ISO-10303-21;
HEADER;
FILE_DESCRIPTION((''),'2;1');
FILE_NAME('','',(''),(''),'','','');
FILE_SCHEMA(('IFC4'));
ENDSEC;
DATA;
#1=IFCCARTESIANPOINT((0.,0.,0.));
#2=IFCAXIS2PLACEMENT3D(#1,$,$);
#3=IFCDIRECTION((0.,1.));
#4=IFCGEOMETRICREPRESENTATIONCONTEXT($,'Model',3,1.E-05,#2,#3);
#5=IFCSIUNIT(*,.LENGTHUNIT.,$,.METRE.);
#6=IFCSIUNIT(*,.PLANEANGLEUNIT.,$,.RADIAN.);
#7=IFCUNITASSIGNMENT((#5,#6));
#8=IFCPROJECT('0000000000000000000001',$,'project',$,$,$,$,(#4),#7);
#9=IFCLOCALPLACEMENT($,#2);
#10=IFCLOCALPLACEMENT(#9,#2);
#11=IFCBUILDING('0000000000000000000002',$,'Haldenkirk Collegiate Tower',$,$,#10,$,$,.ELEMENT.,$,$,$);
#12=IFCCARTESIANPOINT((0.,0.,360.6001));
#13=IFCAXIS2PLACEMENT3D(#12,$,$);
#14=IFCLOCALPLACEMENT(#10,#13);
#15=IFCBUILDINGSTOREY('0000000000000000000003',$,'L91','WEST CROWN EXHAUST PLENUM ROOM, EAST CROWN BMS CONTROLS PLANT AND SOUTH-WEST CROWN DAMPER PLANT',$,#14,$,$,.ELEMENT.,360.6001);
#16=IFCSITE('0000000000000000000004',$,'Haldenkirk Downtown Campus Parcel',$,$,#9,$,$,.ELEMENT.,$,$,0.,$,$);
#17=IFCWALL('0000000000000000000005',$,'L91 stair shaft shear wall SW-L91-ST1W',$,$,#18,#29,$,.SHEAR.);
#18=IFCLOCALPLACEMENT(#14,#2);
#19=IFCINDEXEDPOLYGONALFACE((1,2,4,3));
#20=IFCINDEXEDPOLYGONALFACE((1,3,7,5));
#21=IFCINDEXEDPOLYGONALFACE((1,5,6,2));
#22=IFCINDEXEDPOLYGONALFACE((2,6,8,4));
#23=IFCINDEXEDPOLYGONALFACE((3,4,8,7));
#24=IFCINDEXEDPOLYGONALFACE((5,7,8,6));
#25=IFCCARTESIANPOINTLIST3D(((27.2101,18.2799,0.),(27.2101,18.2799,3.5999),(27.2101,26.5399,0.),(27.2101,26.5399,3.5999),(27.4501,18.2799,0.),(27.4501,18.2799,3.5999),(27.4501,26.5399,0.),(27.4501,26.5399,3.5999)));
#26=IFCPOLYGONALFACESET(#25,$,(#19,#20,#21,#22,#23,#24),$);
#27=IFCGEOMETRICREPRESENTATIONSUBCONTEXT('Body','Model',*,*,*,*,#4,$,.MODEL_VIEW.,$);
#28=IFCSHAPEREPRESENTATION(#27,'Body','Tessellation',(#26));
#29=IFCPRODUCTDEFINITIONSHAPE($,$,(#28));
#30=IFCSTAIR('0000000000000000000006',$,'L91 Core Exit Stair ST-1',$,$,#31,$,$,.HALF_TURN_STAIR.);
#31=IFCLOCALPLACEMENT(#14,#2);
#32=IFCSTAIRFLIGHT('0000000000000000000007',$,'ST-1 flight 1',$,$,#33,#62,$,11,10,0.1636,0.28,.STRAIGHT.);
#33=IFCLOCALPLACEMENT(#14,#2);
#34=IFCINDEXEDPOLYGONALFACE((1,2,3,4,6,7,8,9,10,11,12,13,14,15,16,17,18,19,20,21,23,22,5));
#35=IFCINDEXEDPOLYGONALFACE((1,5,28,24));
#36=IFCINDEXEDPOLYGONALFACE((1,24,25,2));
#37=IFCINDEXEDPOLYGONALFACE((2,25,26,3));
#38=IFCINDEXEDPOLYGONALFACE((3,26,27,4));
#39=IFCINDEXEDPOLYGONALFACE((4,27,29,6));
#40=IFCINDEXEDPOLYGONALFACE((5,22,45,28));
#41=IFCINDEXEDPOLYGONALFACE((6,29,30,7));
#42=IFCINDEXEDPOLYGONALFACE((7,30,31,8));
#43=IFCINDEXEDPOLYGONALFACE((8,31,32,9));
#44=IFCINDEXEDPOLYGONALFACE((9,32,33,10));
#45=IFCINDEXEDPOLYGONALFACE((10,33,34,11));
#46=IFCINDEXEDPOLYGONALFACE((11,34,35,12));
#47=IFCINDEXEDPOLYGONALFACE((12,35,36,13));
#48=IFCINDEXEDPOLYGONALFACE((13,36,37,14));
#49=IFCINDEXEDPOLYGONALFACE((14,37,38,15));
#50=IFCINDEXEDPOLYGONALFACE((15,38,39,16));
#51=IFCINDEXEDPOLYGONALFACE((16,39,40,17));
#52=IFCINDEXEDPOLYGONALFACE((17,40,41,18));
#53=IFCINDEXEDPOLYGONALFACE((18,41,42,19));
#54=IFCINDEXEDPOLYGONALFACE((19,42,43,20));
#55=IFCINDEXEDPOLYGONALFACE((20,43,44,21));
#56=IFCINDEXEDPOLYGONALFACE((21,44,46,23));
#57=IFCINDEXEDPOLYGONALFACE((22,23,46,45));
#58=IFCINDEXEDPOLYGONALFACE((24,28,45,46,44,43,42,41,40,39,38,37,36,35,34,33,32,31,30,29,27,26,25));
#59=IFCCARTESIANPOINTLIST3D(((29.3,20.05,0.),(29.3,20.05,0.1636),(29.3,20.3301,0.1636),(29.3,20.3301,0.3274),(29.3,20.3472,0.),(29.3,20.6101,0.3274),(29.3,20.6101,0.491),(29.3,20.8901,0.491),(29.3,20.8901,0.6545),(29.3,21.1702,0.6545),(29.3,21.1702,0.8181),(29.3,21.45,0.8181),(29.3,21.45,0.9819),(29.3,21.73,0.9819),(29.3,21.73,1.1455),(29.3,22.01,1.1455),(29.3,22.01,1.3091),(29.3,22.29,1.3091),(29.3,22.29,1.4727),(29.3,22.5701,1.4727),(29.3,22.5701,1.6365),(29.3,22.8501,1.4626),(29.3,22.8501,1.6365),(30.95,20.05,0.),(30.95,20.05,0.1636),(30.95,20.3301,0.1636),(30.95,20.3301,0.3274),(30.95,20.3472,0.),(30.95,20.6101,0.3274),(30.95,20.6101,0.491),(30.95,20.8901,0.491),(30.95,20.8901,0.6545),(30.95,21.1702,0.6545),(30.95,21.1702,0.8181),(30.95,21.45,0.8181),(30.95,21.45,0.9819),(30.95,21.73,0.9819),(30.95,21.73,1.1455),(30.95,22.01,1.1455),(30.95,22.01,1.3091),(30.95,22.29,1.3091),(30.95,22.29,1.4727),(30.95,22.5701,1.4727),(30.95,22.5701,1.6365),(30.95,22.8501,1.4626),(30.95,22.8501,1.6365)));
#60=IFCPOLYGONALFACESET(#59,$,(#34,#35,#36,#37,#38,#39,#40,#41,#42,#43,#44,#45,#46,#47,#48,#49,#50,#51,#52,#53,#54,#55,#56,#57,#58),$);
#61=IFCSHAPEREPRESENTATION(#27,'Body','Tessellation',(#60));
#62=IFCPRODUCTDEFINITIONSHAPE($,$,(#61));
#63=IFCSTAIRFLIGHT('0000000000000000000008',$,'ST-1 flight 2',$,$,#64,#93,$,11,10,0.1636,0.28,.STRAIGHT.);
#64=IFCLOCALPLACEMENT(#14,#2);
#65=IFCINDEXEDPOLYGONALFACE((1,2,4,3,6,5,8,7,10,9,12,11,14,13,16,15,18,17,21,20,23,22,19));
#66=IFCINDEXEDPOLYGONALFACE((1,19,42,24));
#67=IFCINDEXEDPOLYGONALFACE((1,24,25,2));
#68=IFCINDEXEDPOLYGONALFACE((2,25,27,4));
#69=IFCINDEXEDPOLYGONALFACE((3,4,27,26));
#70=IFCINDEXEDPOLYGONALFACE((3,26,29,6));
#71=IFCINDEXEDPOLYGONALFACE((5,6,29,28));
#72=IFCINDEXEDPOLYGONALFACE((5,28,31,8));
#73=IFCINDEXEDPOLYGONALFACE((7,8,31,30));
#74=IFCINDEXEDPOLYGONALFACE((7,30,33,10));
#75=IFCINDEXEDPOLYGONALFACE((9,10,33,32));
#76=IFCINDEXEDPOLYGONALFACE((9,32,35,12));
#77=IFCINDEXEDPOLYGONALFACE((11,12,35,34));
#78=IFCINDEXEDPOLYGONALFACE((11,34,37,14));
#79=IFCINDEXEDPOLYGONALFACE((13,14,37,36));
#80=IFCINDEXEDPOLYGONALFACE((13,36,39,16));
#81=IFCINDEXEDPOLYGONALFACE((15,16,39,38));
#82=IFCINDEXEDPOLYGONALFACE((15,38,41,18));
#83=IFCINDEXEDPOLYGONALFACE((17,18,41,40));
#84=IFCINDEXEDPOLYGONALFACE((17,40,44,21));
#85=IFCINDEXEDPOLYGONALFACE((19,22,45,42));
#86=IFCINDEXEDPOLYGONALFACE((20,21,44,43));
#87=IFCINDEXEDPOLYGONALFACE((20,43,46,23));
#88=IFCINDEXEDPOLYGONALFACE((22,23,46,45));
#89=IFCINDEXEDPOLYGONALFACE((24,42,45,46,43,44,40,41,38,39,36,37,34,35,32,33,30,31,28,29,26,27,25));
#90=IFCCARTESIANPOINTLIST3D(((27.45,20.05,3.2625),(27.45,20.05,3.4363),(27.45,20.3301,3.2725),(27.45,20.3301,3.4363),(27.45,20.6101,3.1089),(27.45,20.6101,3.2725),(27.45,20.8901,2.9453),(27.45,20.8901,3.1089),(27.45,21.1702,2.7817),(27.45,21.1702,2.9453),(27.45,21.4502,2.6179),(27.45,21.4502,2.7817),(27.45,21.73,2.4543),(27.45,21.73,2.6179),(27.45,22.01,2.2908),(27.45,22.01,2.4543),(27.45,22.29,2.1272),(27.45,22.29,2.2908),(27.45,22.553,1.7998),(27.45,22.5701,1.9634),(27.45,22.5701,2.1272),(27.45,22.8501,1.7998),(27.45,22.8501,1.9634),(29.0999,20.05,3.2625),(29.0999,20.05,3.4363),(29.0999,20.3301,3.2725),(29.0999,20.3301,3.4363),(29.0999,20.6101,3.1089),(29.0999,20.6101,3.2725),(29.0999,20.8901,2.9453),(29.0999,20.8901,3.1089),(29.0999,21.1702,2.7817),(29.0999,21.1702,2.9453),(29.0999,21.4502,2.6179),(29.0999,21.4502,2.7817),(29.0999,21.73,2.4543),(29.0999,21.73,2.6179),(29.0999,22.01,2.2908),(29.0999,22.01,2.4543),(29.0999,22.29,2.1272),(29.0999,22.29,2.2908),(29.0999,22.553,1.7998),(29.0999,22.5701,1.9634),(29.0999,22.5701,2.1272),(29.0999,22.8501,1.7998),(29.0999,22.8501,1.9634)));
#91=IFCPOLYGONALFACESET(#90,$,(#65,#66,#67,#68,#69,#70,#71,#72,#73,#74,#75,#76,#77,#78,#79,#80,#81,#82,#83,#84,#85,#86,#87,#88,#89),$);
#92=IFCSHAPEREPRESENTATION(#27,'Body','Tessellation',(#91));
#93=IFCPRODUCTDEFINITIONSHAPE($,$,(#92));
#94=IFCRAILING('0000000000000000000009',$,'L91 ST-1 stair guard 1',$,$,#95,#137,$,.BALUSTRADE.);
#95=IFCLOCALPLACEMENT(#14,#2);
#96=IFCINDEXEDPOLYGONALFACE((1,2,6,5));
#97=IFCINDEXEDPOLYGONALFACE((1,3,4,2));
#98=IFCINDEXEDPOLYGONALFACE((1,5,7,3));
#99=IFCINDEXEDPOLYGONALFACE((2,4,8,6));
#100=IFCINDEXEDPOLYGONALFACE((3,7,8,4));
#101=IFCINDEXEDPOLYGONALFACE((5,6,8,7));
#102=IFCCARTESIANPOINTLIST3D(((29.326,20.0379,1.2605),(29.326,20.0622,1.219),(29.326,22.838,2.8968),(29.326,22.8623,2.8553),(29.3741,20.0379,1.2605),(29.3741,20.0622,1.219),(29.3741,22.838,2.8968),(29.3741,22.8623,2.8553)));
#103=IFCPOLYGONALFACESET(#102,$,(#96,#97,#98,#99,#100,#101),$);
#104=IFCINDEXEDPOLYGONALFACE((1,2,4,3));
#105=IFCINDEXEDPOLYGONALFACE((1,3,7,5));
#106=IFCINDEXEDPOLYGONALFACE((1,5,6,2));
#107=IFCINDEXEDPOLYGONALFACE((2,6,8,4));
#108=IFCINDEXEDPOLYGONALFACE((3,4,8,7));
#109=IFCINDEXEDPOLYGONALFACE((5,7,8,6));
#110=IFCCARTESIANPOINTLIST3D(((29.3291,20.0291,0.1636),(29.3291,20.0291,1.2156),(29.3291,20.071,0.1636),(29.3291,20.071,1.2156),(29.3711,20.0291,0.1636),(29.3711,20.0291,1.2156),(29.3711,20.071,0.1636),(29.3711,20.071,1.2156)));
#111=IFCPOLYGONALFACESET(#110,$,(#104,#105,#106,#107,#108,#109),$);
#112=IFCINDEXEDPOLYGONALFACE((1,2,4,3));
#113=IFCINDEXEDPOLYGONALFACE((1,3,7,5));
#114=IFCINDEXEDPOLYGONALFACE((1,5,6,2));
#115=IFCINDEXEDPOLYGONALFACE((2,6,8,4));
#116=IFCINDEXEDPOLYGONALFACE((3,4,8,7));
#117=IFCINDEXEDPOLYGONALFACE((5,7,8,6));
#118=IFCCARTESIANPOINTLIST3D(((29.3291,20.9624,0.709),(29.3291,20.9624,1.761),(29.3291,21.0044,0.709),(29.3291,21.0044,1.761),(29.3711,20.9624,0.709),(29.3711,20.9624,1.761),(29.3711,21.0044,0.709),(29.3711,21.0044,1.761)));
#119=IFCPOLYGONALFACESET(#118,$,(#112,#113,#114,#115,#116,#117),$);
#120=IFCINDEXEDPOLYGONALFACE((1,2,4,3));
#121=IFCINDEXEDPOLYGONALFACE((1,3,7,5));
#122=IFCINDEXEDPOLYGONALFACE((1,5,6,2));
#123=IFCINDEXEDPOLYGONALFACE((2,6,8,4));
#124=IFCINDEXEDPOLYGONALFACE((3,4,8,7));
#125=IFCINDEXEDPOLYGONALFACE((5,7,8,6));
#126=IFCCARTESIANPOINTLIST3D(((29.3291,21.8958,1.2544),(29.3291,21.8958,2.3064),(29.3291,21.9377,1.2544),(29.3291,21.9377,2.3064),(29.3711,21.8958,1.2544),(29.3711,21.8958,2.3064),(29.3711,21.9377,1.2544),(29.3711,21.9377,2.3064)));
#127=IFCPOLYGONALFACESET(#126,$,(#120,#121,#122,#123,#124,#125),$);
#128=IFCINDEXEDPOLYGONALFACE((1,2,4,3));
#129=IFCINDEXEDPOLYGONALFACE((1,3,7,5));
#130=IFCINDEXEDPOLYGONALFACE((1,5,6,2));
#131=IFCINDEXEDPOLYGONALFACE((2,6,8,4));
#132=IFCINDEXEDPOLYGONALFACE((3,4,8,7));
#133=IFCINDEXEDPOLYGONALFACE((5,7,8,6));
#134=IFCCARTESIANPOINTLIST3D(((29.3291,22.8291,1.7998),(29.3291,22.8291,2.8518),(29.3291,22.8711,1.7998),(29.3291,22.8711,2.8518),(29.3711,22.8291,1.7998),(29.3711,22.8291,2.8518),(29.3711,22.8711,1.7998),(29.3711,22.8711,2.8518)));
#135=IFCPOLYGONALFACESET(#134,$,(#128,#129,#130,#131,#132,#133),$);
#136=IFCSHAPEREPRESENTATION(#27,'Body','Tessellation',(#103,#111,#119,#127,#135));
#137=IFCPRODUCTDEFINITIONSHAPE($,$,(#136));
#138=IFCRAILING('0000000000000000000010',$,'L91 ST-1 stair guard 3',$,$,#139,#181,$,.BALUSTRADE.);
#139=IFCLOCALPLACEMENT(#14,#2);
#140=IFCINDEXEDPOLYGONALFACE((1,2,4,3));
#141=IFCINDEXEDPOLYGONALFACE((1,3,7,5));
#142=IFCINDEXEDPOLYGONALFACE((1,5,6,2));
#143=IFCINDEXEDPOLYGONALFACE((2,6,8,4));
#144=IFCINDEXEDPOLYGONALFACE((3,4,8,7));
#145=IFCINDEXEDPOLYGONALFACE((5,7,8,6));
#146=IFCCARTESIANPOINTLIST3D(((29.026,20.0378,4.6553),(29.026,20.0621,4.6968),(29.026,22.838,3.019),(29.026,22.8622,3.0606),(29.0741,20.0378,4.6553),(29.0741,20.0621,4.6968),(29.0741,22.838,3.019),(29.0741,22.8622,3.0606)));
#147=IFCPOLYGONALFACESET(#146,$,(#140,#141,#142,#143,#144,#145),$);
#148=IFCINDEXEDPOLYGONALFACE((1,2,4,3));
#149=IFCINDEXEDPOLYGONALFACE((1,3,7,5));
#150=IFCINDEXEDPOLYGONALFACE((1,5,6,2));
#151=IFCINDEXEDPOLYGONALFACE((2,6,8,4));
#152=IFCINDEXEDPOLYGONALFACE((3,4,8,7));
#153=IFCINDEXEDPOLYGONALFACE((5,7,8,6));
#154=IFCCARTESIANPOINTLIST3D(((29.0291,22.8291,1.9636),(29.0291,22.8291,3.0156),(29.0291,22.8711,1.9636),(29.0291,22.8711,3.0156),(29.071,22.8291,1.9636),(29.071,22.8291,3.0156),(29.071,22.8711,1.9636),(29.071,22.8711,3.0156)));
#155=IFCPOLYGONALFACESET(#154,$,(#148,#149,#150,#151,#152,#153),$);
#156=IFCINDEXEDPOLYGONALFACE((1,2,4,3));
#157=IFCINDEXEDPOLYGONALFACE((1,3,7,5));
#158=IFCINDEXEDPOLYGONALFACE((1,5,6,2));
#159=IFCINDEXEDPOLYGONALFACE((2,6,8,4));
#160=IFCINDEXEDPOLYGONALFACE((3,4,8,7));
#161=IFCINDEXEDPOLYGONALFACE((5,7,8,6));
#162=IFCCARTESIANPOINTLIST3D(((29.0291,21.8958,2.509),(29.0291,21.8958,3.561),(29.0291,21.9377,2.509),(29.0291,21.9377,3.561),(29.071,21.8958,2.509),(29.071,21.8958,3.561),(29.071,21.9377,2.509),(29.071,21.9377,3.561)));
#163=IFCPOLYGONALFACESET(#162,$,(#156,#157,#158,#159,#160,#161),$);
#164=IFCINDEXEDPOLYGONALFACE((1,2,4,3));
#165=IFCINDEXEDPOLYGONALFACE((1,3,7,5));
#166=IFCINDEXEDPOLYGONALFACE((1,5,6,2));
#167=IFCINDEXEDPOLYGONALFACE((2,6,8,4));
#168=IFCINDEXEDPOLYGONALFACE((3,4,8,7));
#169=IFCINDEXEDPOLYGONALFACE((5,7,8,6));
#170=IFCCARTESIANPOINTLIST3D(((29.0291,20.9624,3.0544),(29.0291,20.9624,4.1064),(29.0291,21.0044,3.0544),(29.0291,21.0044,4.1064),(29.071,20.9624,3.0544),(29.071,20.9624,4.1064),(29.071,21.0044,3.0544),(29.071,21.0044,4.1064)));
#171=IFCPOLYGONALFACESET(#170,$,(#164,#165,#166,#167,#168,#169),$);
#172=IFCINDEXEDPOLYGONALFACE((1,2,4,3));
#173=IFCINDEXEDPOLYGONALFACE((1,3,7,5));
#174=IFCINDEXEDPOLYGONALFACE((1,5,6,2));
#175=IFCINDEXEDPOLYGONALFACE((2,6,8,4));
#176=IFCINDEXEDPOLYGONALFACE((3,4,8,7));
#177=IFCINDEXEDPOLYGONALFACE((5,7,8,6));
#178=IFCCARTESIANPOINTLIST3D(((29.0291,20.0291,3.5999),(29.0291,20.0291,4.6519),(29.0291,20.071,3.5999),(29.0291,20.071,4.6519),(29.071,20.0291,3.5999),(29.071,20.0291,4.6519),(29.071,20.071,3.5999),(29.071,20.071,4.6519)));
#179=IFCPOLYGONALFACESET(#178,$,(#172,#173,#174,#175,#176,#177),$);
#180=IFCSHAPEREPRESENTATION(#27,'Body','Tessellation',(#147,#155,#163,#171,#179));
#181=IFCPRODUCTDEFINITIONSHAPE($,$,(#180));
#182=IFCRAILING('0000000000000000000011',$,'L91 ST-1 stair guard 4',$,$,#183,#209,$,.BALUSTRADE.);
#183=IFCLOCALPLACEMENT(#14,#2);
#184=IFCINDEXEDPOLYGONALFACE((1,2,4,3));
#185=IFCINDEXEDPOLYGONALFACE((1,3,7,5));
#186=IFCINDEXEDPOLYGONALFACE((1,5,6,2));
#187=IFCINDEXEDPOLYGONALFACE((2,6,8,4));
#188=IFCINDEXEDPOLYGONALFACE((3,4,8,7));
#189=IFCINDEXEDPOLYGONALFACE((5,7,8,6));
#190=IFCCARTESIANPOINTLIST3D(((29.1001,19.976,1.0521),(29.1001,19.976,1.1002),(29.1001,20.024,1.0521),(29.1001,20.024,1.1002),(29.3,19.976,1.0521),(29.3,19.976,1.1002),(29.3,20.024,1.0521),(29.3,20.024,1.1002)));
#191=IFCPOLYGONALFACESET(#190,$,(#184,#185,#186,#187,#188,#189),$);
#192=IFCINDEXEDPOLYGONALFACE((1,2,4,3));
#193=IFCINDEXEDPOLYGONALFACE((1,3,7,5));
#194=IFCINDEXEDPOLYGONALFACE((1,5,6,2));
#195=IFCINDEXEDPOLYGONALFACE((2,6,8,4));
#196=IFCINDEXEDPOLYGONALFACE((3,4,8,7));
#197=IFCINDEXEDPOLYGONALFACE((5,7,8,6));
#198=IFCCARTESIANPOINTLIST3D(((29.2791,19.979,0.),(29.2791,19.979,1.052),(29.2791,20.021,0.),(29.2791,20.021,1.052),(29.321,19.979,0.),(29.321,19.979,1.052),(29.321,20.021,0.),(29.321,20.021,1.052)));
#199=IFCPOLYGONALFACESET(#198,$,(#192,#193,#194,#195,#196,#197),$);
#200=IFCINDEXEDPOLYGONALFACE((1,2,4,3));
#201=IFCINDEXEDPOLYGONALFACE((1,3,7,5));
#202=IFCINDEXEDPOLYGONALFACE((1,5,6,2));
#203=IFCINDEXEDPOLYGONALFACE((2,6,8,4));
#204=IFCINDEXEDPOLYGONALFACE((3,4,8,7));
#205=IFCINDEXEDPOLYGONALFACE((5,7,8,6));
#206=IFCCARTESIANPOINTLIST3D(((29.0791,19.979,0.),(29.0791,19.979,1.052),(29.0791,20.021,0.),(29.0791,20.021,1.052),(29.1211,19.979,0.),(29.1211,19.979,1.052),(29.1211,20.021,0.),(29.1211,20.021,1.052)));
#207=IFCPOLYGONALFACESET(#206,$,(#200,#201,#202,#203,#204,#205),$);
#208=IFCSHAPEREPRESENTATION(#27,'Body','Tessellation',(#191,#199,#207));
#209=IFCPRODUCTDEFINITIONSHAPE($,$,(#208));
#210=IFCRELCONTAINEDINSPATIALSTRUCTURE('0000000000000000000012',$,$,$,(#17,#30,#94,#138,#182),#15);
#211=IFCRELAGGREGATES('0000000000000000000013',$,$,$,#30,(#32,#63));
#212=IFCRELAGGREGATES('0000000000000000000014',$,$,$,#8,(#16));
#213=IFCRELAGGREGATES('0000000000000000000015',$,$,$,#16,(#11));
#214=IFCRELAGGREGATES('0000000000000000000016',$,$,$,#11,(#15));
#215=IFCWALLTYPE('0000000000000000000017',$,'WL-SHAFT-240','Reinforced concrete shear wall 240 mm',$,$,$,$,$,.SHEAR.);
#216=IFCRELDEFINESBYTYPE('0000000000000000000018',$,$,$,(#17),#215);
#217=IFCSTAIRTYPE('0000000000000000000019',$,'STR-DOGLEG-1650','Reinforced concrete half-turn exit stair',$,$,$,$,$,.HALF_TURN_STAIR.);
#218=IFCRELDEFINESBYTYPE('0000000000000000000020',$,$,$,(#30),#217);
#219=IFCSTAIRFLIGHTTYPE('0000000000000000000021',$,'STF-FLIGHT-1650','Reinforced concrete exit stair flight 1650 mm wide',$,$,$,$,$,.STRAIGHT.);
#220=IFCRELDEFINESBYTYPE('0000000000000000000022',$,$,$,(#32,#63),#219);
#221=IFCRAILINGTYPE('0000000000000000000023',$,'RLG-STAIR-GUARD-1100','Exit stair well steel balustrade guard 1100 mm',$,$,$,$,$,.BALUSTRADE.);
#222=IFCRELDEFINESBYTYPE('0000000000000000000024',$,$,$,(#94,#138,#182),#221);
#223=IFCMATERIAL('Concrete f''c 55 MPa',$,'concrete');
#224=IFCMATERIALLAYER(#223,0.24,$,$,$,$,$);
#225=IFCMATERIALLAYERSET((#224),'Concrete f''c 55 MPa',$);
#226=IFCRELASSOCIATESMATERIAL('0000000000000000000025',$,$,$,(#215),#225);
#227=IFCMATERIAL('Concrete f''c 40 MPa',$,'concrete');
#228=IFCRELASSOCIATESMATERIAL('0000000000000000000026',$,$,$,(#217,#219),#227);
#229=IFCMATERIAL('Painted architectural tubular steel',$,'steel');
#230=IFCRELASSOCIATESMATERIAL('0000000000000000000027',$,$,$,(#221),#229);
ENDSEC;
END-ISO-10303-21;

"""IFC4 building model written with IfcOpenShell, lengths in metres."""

from ifc_helpers import new_model, si_unit, direction, frame, frame_2d, origin, origin_2d, place, context, subcontext, project, spatial, polyline, rectangle, outline, extrude, material, layer, layer_set, type_object, element, aggregate, save


model = new_model("IFC4")

# Units and contexts
model_context = context("Model", 3, precision=1e-05, world=origin(), true_north=direction((0.0, 1.0)))
body_context = subcontext(model_context, "Body", "Model", "MODEL_VIEW")
ifc_project = project(units=[si_unit("LENGTHUNIT", "METRE"), si_unit("PLANEANGLEUNIT", "RADIAN")], contexts=[model_context])

# Site, building, storey
site_placement = place(None, origin())
site = spatial("IfcSite", under=ifc_project, at=site_placement, Name="Haldenkirk Downtown Campus Parcel", CompositionType="ELEMENT", RefElevation=0.0)
building_placement = place(site_placement, origin())
building = spatial("IfcBuilding", under=site, at=building_placement, Name="Haldenkirk Collegiate Tower", CompositionType="ELEMENT")
storey_placement = place(building_placement, frame((0.0, 0.0, 360.6001)))
storey = spatial("IfcBuildingStorey", under=building, at=storey_placement, Name="L91", Description="WEST CROWN EXHAUST PLENUM ROOM, EAST CROWN BMS CONTROLS PLANT AND SOUTH-WEST CROWN DAMPER PLANT", CompositionType="ELEMENT", Elevation=360.6001)

# Shared definitions
ifc_material_1 = material(Name="Concrete f'c 55 MPa", Category="concrete")

# Shared definitions
ifc_layer_1 = layer(ifc_material_1, 0.24)
ifc_layer_set_1 = layer_set([ifc_layer_1], Name="Concrete f'c 55 MPa")
wall_type_1 = type_object("IfcWallType", Name="WL-SHAFT-240", Description="Reinforced concrete shear wall 240 mm", PredefinedType="SHEAR", material=ifc_layer_set_1)

# Wall
wall_1_placement = place(storey_placement, frame((27.3301, 18.28, 0.0), z_axis=(0.0, 0.0, 1.0), x_axis=(0.0, 1.0, 0.0)))
element("IfcWall", 1, at=wall_1_placement, inside=storey, type_object=wall_type_1, Name="L91 stair shaft shear wall SW-L91-ST1W", PredefinedType="SHEAR", context=body_context, shape_type="SweptSolid", body=[
    extrude(rectangle(XDim=8.26, YDim=0.24, at=frame_2d((4.1299, 0.0))), origin(), (0.0, 0.0, 1.0), 3.5999),
])

# Stair, stair flights
ifc_material_2 = material(Name="Concrete f'c 40 MPa", Category="concrete")
stair_type = type_object("IfcStairType", Name="STR-DOGLEG-1650", Description="Reinforced concrete half-turn exit stair", PredefinedType="HALF_TURN_STAIR", material=ifc_material_2)
stair_placement = place(storey_placement, origin())
stair = element("IfcStair", 2, at=stair_placement, inside=storey, type_object=stair_type, Name="L91 Core Exit Stair ST-1", PredefinedType="HALF_TURN_STAIR")
stair_flight_type = type_object("IfcStairFlightType", Name="STF-FLIGHT-1650", Description="Reinforced concrete exit stair flight 1650 mm wide", PredefinedType="STRAIGHT", material=ifc_material_2)
stair_flight_1_placement = place(storey_placement, frame((30.125, 20.05, 0.0), z_axis=(0.0, 0.0, 1.0), x_axis=(0.0, 1.0, 0.0)))
stair_flight_1 = element("IfcStairFlight", 3, at=stair_flight_1_placement, type_object=stair_flight_type, Name="ST-1 flight 1", NumberOfRisers=11, NumberOfTreads=10, PredefinedType="STRAIGHT", RiserHeight=0.1636, TreadLength=0.28, context=body_context, shape_type="SweptSolid", body=[
    extrude(outline(polyline([(0.0, 0.0), (0.0, 0.1636), (0.28, 0.1636), (0.28, 0.3274), (0.5601, 0.3274), (0.5601, 0.491), (0.8401, 0.491), (0.8401, 0.6545), (1.1201, 0.6545), (1.1201, 0.8181), (1.3999, 0.8181), (1.3999, 0.9819), (1.6799, 0.9819), (1.6799, 1.1455), (1.96, 1.1455), (1.96, 1.3091), (2.24, 1.3091), (2.24, 1.4727), (2.52, 1.4727), (2.52, 1.6365), (2.8, 1.6365), (2.8, 1.8), (2.8, 1.4626), (0.2971, 0.0), (0.0, 0.0)])), frame((0.0, 0.825, 0.0), z_axis=(0.0, -1.0, 0.0), x_axis=(1.0, 0.0, 0.0)), (0.0, 0.0, 1.0), 1.6499),
])
stair_flight_2_placement = place(storey_placement, frame((28.2749, 22.8501, 1.7998), z_axis=(0.0, 0.0, 1.0), x_axis=(0.0, -1.0, 0.0)))
stair_flight_2 = element("IfcStairFlight", 4, at=stair_flight_2_placement, type_object=stair_flight_type, Name="ST-1 flight 2", NumberOfRisers=11, NumberOfTreads=10, PredefinedType="STRAIGHT", RiserHeight=0.1636, TreadLength=0.28, context=body_context, shape_type="SweptSolid", body=[
    extrude(outline(polyline([(0.0, 0.0), (0.0, 0.1636), (0.28, 0.1636), (0.28, 0.3274), (0.5601, 0.3274), (0.5601, 0.491), (0.8401, 0.491), (0.8401, 0.6545), (1.1201, 0.6545), (1.1201, 0.8181), (1.3999, 0.8181), (1.3999, 0.9819), (1.6799, 0.9819), (1.6799, 1.1455), (1.96, 1.1455), (1.96, 1.3091), (2.24, 1.3091), (2.24, 1.4727), (2.52, 1.4727), (2.52, 1.6365), (2.8, 1.6365), (2.8, 1.8), (2.8, 1.4626), (0.2971, 0.0), (0.0, 0.0)])), frame((0.0, 0.825, 0.0), z_axis=(0.0, -1.0, 0.0), x_axis=(1.0, 0.0, 0.0)), (0.0, 0.0, 1.0), 1.6499),
])
aggregate(stair, [stair_flight_1, stair_flight_2])

# Railings
ifc_material_3 = material(Name="Painted architectural tubular steel", Category="steel")
railing_type_1 = type_object("IfcRailingType", Name="RLG-STAIR-GUARD-1100", Description="Exit stair well steel balustrade guard 1100 mm", PredefinedType="BALUSTRADE", material=ifc_material_3)
railing_1_placement = place(storey_placement, frame((29.3501, 20.05, 0.1636)))
element("IfcRailing", 5, at=railing_1_placement, inside=storey, type_object=railing_type_1, Name="L91 ST-1 stair guard 1", PredefinedType="BALUSTRADE", context=body_context, shape_type="SweptSolid", body=[
    extrude(rectangle(XDim=0.0481, YDim=0.0481, at=origin_2d()), frame((0.0, 0.0, 1.0762), z_axis=(0.0, 0.863394, 0.504531), x_axis=(-1.0, 0.0, 0.0)), (0.0, 0.0, 1.0), 3.2432),
    extrude(rectangle(XDim=0.042, YDim=0.042, at=origin_2d()), origin(), (0.0, 0.0, 1.0), 1.052),
    extrude(rectangle(XDim=0.042, YDim=0.042, at=origin_2d()), frame((0.0, 0.9333, 0.5454)), (0.0, 0.0, 1.0), 1.052),
    extrude(rectangle(XDim=0.042, YDim=0.042, at=origin_2d()), frame((0.0, 1.8667, 1.0908)), (0.0, 0.0, 1.0), 1.052),
    extrude(rectangle(XDim=0.042, YDim=0.042, at=origin_2d()), frame((0.0, 2.8, 1.6362)), (0.0, 0.0, 1.0), 1.052),
])
railing_2_placement = place(storey_placement, frame((29.05, 22.8501, 1.9636)))
element("IfcRailing", 6, at=railing_2_placement, inside=storey, type_object=railing_type_1, Name="L91 ST-1 stair guard 3", PredefinedType="BALUSTRADE", context=body_context, shape_type="SweptSolid", body=[
    extrude(rectangle(XDim=0.0481, YDim=0.0481, at=origin_2d()), frame((0.0, 0.0, 1.0762), z_axis=(0.0, -0.863394, 0.504531), x_axis=(1.0, 0.0, 0.0)), (0.0, 0.0, 1.0), 3.2432),
    extrude(rectangle(XDim=0.042, YDim=0.042, at=origin_2d()), origin(), (0.0, 0.0, 1.0), 1.052),
    extrude(rectangle(XDim=0.042, YDim=0.042, at=origin_2d()), frame((0.0, -0.9333, 0.5454)), (0.0, 0.0, 1.0), 1.052),
    extrude(rectangle(XDim=0.042, YDim=0.042, at=origin_2d()), frame((0.0, -1.8667, 1.0908)), (0.0, 0.0, 1.0), 1.052),
    extrude(rectangle(XDim=0.042, YDim=0.042, at=origin_2d()), frame((0.0, -2.8, 1.6362)), (0.0, 0.0, 1.0), 1.052),
])
railing_3_placement = place(storey_placement, frame((29.3, 20.0, 0.0)))
element("IfcRailing", 7, at=railing_3_placement, inside=storey, type_object=railing_type_1, Name="L91 ST-1 stair guard 4", PredefinedType="BALUSTRADE", context=body_context, shape_type="SweptSolid", body=[
    extrude(rectangle(XDim=0.0481, YDim=0.0481, at=origin_2d()), frame((0.0, 0.0, 1.0762), z_axis=(-1.0, 0.0, 0.0), x_axis=(0.0, -1.0, 0.0)), (0.0, 0.0, 1.0), 0.2),
    extrude(rectangle(XDim=0.042, YDim=0.042, at=origin_2d()), origin(), (0.0, 0.0, 1.0), 1.052),
    extrude(rectangle(XDim=0.042, YDim=0.042, at=origin_2d()), frame((-0.2, 0.0, 0.0)), (0.0, 0.0, 1.0), 1.052),
])

save(model, "model.ifc")
